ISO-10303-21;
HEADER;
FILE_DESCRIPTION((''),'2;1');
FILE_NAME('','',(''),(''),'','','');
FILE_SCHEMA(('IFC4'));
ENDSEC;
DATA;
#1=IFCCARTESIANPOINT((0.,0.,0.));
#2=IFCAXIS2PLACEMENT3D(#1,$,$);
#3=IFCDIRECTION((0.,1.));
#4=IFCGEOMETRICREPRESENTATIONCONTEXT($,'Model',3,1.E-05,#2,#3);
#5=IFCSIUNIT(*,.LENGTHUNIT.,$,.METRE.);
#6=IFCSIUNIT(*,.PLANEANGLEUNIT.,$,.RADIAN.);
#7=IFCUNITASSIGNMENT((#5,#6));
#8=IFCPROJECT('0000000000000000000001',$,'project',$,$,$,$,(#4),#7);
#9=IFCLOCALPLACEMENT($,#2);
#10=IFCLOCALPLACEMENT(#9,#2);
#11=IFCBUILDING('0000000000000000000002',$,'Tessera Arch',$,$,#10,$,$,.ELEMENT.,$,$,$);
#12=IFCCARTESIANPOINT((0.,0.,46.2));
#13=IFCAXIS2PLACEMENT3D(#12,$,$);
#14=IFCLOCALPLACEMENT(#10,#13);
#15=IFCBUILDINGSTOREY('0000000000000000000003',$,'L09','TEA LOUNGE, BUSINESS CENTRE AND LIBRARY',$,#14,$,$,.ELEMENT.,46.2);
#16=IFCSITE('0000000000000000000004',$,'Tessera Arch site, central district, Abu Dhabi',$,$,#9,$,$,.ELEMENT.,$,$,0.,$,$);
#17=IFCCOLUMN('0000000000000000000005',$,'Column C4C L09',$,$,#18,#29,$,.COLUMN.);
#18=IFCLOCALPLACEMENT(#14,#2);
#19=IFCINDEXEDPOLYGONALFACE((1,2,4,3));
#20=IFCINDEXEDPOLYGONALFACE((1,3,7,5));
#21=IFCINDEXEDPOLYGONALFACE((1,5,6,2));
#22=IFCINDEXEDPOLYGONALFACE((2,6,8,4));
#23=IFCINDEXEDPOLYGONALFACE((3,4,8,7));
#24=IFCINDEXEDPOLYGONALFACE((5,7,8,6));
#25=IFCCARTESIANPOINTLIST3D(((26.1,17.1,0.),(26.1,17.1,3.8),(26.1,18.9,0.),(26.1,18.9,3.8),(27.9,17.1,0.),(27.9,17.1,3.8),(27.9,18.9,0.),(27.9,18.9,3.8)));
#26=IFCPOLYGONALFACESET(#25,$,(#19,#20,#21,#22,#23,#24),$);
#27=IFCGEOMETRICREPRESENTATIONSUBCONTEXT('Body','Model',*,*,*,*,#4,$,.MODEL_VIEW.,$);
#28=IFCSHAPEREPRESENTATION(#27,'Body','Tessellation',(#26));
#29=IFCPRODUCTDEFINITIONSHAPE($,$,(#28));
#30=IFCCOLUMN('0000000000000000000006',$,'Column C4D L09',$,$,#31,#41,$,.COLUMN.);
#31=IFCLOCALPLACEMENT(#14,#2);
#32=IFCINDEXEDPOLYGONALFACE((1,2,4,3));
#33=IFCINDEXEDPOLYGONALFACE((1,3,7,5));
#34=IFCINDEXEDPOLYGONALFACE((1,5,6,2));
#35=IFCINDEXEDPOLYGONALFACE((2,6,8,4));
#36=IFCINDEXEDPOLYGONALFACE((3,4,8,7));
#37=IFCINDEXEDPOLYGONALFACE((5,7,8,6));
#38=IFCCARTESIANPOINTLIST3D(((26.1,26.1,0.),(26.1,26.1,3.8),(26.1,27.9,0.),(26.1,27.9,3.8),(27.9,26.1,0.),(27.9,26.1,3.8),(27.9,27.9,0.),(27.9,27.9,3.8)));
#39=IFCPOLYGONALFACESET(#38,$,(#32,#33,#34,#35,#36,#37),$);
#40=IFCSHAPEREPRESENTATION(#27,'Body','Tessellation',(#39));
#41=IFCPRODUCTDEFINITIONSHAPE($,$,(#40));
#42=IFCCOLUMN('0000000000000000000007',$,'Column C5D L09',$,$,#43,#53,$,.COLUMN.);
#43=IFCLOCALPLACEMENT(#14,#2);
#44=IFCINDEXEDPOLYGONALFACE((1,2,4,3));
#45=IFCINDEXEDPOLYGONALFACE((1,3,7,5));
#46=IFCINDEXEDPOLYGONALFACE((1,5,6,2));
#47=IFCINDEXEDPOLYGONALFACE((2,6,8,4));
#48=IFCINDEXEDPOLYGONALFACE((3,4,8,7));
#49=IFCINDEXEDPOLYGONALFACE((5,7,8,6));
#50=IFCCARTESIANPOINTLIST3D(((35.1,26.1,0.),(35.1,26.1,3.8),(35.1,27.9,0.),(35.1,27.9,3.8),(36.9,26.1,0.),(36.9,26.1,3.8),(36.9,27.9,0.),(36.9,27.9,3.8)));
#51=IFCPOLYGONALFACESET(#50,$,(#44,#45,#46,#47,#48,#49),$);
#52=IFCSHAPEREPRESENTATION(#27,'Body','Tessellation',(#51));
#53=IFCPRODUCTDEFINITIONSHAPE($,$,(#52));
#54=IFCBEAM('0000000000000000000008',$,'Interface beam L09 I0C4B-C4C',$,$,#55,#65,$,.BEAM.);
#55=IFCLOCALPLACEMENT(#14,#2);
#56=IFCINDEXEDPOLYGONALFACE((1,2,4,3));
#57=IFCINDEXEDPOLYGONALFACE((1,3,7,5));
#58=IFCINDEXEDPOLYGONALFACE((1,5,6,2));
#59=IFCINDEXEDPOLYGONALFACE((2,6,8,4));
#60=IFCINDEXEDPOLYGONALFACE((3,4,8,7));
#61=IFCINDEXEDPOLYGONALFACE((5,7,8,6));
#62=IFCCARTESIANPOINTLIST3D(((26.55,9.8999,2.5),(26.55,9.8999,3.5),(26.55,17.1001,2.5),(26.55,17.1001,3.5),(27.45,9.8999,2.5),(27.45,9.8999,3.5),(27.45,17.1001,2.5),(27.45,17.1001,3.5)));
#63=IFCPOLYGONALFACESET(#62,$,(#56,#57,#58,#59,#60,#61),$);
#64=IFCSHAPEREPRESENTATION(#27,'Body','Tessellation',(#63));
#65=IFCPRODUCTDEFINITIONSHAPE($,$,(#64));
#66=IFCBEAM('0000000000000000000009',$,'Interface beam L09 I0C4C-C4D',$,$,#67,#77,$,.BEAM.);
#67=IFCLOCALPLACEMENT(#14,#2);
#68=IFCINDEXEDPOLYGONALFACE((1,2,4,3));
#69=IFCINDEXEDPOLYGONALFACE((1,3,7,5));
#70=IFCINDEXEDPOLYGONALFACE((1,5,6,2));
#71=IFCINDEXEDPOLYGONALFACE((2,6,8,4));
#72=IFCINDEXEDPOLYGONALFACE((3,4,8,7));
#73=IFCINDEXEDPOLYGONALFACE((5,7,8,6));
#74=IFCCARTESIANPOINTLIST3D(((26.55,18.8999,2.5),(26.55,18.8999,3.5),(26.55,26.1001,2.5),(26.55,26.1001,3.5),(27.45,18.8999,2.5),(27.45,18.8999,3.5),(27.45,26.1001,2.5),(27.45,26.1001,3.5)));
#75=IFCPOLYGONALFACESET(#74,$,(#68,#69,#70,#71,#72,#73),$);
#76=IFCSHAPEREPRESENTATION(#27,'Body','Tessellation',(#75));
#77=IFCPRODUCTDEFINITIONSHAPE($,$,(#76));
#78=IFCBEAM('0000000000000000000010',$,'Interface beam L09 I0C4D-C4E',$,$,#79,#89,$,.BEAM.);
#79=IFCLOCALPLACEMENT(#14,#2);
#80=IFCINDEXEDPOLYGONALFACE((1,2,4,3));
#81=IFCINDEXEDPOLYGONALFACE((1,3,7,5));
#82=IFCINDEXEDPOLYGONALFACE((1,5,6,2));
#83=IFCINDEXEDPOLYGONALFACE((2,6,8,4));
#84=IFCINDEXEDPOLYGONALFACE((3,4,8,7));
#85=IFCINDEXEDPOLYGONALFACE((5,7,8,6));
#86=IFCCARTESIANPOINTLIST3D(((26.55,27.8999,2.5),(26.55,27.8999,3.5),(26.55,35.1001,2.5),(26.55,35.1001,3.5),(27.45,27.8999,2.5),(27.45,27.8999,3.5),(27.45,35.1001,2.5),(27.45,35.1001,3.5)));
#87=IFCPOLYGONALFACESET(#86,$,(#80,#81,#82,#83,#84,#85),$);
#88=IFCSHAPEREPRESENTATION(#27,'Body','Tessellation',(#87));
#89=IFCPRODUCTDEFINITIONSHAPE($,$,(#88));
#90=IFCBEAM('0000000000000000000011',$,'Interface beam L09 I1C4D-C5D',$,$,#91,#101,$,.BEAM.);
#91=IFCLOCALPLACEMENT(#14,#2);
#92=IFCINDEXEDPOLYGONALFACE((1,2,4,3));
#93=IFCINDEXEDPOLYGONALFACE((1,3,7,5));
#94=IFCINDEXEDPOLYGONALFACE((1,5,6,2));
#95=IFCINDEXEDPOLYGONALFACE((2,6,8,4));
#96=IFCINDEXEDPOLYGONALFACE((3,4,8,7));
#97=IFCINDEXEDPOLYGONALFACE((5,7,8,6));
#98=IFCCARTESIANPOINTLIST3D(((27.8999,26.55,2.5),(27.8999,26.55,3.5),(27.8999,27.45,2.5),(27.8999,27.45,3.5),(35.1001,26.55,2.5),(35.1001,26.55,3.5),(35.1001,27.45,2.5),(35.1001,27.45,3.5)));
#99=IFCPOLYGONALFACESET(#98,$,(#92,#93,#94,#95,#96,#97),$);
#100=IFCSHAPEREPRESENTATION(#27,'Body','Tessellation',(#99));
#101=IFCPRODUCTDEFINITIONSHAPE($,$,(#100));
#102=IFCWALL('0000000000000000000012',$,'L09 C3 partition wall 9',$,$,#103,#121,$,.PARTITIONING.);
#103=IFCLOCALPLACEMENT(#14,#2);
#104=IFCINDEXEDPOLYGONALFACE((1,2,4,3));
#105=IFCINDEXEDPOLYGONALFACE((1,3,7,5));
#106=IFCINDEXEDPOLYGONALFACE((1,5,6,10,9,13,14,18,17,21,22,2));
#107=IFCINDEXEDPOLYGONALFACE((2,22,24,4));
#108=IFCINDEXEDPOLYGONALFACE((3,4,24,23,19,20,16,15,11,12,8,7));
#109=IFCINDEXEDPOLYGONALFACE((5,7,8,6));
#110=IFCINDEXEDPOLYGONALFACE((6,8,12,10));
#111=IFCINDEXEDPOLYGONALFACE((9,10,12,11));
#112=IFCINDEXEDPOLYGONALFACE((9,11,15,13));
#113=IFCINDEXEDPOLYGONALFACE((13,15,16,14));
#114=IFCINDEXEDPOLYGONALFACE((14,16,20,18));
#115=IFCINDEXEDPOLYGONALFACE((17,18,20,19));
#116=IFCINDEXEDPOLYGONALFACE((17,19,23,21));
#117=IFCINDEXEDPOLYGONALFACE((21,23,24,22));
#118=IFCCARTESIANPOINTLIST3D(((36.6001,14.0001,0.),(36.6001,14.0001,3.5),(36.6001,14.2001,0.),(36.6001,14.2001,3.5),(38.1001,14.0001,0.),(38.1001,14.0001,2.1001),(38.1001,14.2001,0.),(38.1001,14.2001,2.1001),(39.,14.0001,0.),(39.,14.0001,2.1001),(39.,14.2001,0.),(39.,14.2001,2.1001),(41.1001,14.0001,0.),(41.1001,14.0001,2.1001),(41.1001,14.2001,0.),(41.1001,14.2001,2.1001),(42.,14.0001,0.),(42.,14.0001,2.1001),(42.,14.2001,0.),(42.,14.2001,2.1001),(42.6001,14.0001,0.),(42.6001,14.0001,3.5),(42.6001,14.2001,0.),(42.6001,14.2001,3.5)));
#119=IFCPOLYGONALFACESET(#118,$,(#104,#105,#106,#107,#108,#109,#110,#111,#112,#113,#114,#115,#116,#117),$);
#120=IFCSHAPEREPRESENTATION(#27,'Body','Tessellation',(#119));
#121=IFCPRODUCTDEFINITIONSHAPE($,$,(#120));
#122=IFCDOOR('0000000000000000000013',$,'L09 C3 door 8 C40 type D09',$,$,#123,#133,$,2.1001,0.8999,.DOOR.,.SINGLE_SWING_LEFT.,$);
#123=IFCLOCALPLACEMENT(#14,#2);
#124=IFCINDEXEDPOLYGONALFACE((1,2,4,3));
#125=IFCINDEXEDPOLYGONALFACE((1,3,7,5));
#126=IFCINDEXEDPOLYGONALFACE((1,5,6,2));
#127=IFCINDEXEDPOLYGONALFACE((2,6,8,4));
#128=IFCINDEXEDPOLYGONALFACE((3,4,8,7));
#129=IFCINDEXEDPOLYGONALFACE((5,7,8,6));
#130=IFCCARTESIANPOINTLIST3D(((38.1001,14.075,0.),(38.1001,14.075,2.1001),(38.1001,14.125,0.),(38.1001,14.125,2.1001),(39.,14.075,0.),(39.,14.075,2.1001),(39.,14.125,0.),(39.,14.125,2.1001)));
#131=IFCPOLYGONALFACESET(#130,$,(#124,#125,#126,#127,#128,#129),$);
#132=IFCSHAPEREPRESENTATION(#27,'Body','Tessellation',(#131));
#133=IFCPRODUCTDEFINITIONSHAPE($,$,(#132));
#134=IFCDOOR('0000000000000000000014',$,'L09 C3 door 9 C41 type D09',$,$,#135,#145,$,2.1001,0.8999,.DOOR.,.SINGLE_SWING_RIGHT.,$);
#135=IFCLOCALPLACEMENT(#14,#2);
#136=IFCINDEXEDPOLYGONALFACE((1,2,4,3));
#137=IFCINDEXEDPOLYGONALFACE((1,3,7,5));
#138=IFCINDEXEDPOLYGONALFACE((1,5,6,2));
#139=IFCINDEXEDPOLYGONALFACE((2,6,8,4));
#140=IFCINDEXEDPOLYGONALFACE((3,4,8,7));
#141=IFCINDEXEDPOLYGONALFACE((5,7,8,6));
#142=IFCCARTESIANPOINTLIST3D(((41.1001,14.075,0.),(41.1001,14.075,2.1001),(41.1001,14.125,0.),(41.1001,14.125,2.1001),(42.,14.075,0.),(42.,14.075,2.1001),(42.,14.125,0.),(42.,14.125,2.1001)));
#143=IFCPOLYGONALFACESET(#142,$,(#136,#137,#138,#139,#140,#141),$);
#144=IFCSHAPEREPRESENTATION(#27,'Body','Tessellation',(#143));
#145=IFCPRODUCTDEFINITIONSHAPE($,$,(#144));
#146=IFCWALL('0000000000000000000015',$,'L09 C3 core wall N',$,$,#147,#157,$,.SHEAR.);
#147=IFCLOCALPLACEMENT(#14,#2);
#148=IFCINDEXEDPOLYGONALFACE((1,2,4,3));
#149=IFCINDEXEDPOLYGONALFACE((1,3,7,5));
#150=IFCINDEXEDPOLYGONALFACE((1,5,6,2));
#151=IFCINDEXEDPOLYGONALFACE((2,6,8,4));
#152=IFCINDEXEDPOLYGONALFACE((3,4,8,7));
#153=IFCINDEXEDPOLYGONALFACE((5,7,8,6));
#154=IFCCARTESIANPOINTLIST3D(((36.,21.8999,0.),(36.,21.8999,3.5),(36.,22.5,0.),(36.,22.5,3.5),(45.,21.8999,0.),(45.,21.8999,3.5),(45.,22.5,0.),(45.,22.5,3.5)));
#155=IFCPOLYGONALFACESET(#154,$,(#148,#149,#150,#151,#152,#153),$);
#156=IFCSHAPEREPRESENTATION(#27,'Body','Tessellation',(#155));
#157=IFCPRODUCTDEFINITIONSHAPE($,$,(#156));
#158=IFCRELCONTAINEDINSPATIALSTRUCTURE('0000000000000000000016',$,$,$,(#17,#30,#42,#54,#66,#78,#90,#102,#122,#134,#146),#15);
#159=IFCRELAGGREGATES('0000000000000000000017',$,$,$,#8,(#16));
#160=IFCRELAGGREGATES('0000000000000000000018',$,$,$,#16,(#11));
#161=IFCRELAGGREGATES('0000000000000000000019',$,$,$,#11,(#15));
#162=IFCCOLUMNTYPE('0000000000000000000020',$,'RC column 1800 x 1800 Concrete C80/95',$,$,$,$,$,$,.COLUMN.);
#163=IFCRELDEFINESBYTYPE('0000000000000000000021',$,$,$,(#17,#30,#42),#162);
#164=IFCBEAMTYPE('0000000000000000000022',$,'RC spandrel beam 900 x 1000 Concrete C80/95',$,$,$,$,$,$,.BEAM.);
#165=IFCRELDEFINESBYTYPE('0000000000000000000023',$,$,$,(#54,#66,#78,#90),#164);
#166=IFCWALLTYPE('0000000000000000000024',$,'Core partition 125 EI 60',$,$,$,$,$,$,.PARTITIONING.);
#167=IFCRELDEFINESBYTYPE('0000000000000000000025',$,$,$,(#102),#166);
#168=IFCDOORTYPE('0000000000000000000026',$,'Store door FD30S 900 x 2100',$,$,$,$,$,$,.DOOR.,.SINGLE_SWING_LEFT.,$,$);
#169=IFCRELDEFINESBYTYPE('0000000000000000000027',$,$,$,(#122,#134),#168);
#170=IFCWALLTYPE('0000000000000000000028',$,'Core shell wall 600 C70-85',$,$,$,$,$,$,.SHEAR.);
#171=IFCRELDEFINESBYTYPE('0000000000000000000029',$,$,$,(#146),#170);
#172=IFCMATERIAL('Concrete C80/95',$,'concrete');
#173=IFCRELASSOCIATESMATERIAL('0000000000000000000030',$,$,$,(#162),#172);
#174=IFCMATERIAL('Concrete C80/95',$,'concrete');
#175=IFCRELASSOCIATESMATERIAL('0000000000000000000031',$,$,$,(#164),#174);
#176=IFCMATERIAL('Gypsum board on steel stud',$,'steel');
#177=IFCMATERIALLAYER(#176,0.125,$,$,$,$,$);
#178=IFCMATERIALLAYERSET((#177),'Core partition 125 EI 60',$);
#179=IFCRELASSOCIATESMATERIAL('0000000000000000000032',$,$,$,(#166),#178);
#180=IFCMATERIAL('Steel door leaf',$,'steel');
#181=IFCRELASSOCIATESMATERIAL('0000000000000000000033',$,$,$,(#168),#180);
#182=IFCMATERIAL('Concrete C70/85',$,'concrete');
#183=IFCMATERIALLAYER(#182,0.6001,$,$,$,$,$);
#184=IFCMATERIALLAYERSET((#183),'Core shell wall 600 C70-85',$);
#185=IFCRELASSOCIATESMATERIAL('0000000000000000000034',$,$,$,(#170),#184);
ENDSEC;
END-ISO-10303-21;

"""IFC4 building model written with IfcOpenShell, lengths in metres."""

from ifc_helpers import new_model, si_unit, direction, frame, frame_2d, origin, origin_2d, place, context, subcontext, project, spatial, rectangle, extrude, material, layer, layer_set, material_profile, profile_set, type_object, element, fill, save


model = new_model("IFC4")

# Units and contexts
model_context = context("Model", 3, precision=1e-05, world=origin(), true_north=direction((0.0, 1.0)))
body_context = subcontext(model_context, "Body", "Model", "MODEL_VIEW")
ifc_project = project(units=[si_unit("LENGTHUNIT", "METRE"), si_unit("PLANEANGLEUNIT", "RADIAN")], contexts=[model_context])

# Site, building, storey
site_placement = place(None, origin())
site = spatial("IfcSite", under=ifc_project, at=site_placement, Name="Tessera Arch site, central district, Abu Dhabi", CompositionType="ELEMENT", RefElevation=0.0)
building_placement = place(site_placement, origin())
building = spatial("IfcBuilding", under=site, at=building_placement, Name="Tessera Arch", CompositionType="ELEMENT")
storey_placement = place(building_placement, frame((0.0, 0.0, 46.2)))
storey = spatial("IfcBuildingStorey", under=building, at=storey_placement, Name="L09", Description="TEA LOUNGE, BUSINESS CENTRE AND LIBRARY", CompositionType="ELEMENT", Elevation=46.2)

# Columns
ifc_material_1 = material(Name="Concrete C80/95", Category="concrete")
ifc_material_profile_1 = material_profile(ifc_material_1, rectangle(XDim=1.8, YDim=1.8, at=origin_2d()), Name="RC column 1800 x 1800 Concrete C80/95")
ifc_profile_set_1 = profile_set([ifc_material_profile_1], Name="Concrete C80/95")
column_type = type_object("IfcColumnType", Name="RC column 1800 x 1800 Concrete C80/95", PredefinedType="COLUMN", material=ifc_profile_set_1)
for number, where, z_axis, x_axis, name in (
    (1, (27.0, 18.0, 0.0), (0.0, 0.0, 1.0), (1.0, 0.0, 0.0), "Column C4C L09"),
    (2, (27.0, 27.0, 0.0), (0.0, 0.0, 1.0), (1.0, 0.0, 0.0), "Column C4D L09"),
    (3, (36.0, 27.0, 0.0), (0.0, 0.0, 1.0), (1.0, 0.0, 0.0), "Column C5D L09"),
):
    element("IfcColumn", number, at=place(storey_placement, frame(where, z_axis=z_axis, x_axis=x_axis)), inside=storey, type_object=column_type, Name=name, PredefinedType="COLUMN", context=body_context, shape_type="SweptSolid", body=[
        extrude(rectangle(XDim=1.8, YDim=1.8, at=origin_2d()), origin(), (0.0, 0.0, 1.0), 3.8),
    ])

# Beams
ifc_material_2 = material(Name="Concrete C80/95", Category="concrete")
ifc_material_profile_2 = material_profile(ifc_material_2, rectangle(XDim=0.8999, YDim=1.0, at=origin_2d()), Name="RC spandrel beam 900 x 1000 Concrete C80/95")
ifc_profile_set_2 = profile_set([ifc_material_profile_2], Name="Concrete C80/95")
beam_type = type_object("IfcBeamType", Name="RC spandrel beam 900 x 1000 Concrete C80/95", PredefinedType="BEAM", material=ifc_profile_set_2)
for number, where, z_axis, x_axis, name in (
    (4, (27.0, 9.8999, 3.0), (0.0, 1.0, 0.0), (-1.0, 0.0, 0.0), "Interface beam L09 I0C4B-C4C"),
    (5, (27.0, 18.8999, 3.0), (0.0, 1.0, 0.0), (-1.0, 0.0, 0.0), "Interface beam L09 I0C4C-C4D"),
    (6, (27.0, 27.8999, 3.0), (0.0, 1.0, 0.0), (-1.0, 0.0, 0.0), "Interface beam L09 I0C4D-C4E"),
    (7, (27.8999, 27.0, 3.0), (1.0, 0.0, 0.0), (0.0, 1.0, 0.0), "Interface beam L09 I1C4D-C5D"),
):
    element("IfcBeam", number, at=place(storey_placement, frame(where, z_axis=z_axis, x_axis=x_axis)), inside=storey, type_object=beam_type, Name=name, PredefinedType="BEAM", context=body_context, shape_type="SweptSolid", body=[
        extrude(rectangle(XDim=0.8999, YDim=1.0, at=origin_2d()), origin(), (0.0, 0.0, 1.0), 7.2002),
    ])

# Wall, openings, doors
ifc_material_3 = material(Name="Gypsum board on steel stud", Category="steel")
ifc_layer_1 = layer(ifc_material_3, 0.125)
ifc_layer_set_1 = layer_set([ifc_layer_1], Name="Core partition 125 EI 60")
wall_type_1 = type_object("IfcWallType", Name="Core partition 125 EI 60", PredefinedType="PARTITIONING", material=ifc_layer_set_1)
wall_1_placement = place(storey_placement, frame((36.6001, 14.1001, 0.0), z_axis=(0.0, 0.0, 1.0), x_axis=(1.0, 0.0, 0.0)))
wall_1 = element("IfcWall", 8, at=wall_1_placement, inside=storey, type_object=wall_type_1, Name="L09 C3 partition wall 9", PredefinedType="PARTITIONING", context=body_context, shape_type="SweptSolid", body=[
    extrude(rectangle(XDim=6.0, YDim=0.2, at=frame_2d((3.0, 0.0))), origin(), (0.0, 0.0, 1.0), 3.5),
])
opening_1_placement = place(wall_1_placement, frame((1.5, 0.0, 0.0)))
opening_1 = element("IfcOpeningElement", 9, at=opening_1_placement, cuts=wall_1, PredefinedType="OPENING", context=body_context, shape_type="SweptSolid", body=[
    extrude(rectangle(XDim=0.8999, YDim=2.1001, at=frame_2d((0.45, 1.05))), frame((0.0, 0.1099, 0.0), z_axis=(0.0, -1.0, 0.0), x_axis=(1.0, 0.0, 0.0)), (0.0, 0.0, 1.0), 0.22),
])
opening_2_placement = place(wall_1_placement, frame((4.5, 0.0, 0.0)))
opening_2 = element("IfcOpeningElement", 10, at=opening_2_placement, cuts=wall_1, PredefinedType="OPENING", context=body_context, shape_type="SweptSolid", body=[
    extrude(rectangle(XDim=0.8999, YDim=2.1001, at=frame_2d((0.45, 1.05))), frame((0.0, 0.1099, 0.0), z_axis=(0.0, -1.0, 0.0), x_axis=(1.0, 0.0, 0.0)), (0.0, 0.0, 1.0), 0.22),
])
ifc_material_4 = material(Name="Steel door leaf", Category="steel")
door_type_1 = type_object("IfcDoorType", Name="Store door FD30S 900 x 2100", OperationType="SINGLE_SWING_LEFT", PredefinedType="DOOR", material=ifc_material_4)
door_1_placement = place(opening_1_placement, origin())
door_1 = element("IfcDoor", 11, at=door_1_placement, inside=storey, type_object=door_type_1, Name="L09 C3 door 8 C40 type D09", OperationType="SINGLE_SWING_LEFT", OverallHeight=2.1001, OverallWidth=0.8999, PredefinedType="DOOR", context=body_context, shape_type="SweptSolid", body=[
    extrude(rectangle(XDim=0.8999, YDim=2.1001, at=frame_2d((0.45, 1.05))), frame((0.0, 0.0249, 0.0), z_axis=(0.0, -1.0, 0.0), x_axis=(1.0, 0.0, 0.0)), (0.0, 0.0, 1.0), 0.05),
])
fill(opening_1, door_1)
door_2_placement = place(opening_2_placement, origin())
door_2 = element("IfcDoor", 12, at=door_2_placement, inside=storey, type_object=door_type_1, Name="L09 C3 door 9 C41 type D09", OperationType="SINGLE_SWING_RIGHT", OverallHeight=2.1001, OverallWidth=0.8999, PredefinedType="DOOR", context=body_context, shape_type="SweptSolid", body=[
    extrude(rectangle(XDim=0.8999, YDim=2.1001, at=frame_2d((0.45, 1.05))), frame((0.0, 0.0249, 0.0), z_axis=(0.0, -1.0, 0.0), x_axis=(1.0, 0.0, 0.0)), (0.0, 0.0, 1.0), 0.05),
])
fill(opening_2, door_2)

# Wall
ifc_material_5 = material(Name="Concrete C70/85", Category="concrete")
ifc_layer_2 = layer(ifc_material_5, 0.6001)
ifc_layer_set_2 = layer_set([ifc_layer_2], Name="Core shell wall 600 C70-85")
wall_type_2 = type_object("IfcWallType", Name="Core shell wall 600 C70-85", PredefinedType="SHEAR", material=ifc_layer_set_2)
wall_2_placement = place(storey_placement, frame((36.0, 22.2, 0.0), z_axis=(0.0, 0.0, 1.0), x_axis=(1.0, 0.0, 0.0)))
element("IfcWall", 13, at=wall_2_placement, inside=storey, type_object=wall_type_2, Name="L09 C3 core wall N", PredefinedType="SHEAR", context=body_context, shape_type="SweptSolid", body=[
    extrude(rectangle(XDim=9.0, YDim=0.6001, at=frame_2d((4.5, 0.0))), origin(), (0.0, 0.0, 1.0), 3.5),
])

save(model, "model.ifc")
